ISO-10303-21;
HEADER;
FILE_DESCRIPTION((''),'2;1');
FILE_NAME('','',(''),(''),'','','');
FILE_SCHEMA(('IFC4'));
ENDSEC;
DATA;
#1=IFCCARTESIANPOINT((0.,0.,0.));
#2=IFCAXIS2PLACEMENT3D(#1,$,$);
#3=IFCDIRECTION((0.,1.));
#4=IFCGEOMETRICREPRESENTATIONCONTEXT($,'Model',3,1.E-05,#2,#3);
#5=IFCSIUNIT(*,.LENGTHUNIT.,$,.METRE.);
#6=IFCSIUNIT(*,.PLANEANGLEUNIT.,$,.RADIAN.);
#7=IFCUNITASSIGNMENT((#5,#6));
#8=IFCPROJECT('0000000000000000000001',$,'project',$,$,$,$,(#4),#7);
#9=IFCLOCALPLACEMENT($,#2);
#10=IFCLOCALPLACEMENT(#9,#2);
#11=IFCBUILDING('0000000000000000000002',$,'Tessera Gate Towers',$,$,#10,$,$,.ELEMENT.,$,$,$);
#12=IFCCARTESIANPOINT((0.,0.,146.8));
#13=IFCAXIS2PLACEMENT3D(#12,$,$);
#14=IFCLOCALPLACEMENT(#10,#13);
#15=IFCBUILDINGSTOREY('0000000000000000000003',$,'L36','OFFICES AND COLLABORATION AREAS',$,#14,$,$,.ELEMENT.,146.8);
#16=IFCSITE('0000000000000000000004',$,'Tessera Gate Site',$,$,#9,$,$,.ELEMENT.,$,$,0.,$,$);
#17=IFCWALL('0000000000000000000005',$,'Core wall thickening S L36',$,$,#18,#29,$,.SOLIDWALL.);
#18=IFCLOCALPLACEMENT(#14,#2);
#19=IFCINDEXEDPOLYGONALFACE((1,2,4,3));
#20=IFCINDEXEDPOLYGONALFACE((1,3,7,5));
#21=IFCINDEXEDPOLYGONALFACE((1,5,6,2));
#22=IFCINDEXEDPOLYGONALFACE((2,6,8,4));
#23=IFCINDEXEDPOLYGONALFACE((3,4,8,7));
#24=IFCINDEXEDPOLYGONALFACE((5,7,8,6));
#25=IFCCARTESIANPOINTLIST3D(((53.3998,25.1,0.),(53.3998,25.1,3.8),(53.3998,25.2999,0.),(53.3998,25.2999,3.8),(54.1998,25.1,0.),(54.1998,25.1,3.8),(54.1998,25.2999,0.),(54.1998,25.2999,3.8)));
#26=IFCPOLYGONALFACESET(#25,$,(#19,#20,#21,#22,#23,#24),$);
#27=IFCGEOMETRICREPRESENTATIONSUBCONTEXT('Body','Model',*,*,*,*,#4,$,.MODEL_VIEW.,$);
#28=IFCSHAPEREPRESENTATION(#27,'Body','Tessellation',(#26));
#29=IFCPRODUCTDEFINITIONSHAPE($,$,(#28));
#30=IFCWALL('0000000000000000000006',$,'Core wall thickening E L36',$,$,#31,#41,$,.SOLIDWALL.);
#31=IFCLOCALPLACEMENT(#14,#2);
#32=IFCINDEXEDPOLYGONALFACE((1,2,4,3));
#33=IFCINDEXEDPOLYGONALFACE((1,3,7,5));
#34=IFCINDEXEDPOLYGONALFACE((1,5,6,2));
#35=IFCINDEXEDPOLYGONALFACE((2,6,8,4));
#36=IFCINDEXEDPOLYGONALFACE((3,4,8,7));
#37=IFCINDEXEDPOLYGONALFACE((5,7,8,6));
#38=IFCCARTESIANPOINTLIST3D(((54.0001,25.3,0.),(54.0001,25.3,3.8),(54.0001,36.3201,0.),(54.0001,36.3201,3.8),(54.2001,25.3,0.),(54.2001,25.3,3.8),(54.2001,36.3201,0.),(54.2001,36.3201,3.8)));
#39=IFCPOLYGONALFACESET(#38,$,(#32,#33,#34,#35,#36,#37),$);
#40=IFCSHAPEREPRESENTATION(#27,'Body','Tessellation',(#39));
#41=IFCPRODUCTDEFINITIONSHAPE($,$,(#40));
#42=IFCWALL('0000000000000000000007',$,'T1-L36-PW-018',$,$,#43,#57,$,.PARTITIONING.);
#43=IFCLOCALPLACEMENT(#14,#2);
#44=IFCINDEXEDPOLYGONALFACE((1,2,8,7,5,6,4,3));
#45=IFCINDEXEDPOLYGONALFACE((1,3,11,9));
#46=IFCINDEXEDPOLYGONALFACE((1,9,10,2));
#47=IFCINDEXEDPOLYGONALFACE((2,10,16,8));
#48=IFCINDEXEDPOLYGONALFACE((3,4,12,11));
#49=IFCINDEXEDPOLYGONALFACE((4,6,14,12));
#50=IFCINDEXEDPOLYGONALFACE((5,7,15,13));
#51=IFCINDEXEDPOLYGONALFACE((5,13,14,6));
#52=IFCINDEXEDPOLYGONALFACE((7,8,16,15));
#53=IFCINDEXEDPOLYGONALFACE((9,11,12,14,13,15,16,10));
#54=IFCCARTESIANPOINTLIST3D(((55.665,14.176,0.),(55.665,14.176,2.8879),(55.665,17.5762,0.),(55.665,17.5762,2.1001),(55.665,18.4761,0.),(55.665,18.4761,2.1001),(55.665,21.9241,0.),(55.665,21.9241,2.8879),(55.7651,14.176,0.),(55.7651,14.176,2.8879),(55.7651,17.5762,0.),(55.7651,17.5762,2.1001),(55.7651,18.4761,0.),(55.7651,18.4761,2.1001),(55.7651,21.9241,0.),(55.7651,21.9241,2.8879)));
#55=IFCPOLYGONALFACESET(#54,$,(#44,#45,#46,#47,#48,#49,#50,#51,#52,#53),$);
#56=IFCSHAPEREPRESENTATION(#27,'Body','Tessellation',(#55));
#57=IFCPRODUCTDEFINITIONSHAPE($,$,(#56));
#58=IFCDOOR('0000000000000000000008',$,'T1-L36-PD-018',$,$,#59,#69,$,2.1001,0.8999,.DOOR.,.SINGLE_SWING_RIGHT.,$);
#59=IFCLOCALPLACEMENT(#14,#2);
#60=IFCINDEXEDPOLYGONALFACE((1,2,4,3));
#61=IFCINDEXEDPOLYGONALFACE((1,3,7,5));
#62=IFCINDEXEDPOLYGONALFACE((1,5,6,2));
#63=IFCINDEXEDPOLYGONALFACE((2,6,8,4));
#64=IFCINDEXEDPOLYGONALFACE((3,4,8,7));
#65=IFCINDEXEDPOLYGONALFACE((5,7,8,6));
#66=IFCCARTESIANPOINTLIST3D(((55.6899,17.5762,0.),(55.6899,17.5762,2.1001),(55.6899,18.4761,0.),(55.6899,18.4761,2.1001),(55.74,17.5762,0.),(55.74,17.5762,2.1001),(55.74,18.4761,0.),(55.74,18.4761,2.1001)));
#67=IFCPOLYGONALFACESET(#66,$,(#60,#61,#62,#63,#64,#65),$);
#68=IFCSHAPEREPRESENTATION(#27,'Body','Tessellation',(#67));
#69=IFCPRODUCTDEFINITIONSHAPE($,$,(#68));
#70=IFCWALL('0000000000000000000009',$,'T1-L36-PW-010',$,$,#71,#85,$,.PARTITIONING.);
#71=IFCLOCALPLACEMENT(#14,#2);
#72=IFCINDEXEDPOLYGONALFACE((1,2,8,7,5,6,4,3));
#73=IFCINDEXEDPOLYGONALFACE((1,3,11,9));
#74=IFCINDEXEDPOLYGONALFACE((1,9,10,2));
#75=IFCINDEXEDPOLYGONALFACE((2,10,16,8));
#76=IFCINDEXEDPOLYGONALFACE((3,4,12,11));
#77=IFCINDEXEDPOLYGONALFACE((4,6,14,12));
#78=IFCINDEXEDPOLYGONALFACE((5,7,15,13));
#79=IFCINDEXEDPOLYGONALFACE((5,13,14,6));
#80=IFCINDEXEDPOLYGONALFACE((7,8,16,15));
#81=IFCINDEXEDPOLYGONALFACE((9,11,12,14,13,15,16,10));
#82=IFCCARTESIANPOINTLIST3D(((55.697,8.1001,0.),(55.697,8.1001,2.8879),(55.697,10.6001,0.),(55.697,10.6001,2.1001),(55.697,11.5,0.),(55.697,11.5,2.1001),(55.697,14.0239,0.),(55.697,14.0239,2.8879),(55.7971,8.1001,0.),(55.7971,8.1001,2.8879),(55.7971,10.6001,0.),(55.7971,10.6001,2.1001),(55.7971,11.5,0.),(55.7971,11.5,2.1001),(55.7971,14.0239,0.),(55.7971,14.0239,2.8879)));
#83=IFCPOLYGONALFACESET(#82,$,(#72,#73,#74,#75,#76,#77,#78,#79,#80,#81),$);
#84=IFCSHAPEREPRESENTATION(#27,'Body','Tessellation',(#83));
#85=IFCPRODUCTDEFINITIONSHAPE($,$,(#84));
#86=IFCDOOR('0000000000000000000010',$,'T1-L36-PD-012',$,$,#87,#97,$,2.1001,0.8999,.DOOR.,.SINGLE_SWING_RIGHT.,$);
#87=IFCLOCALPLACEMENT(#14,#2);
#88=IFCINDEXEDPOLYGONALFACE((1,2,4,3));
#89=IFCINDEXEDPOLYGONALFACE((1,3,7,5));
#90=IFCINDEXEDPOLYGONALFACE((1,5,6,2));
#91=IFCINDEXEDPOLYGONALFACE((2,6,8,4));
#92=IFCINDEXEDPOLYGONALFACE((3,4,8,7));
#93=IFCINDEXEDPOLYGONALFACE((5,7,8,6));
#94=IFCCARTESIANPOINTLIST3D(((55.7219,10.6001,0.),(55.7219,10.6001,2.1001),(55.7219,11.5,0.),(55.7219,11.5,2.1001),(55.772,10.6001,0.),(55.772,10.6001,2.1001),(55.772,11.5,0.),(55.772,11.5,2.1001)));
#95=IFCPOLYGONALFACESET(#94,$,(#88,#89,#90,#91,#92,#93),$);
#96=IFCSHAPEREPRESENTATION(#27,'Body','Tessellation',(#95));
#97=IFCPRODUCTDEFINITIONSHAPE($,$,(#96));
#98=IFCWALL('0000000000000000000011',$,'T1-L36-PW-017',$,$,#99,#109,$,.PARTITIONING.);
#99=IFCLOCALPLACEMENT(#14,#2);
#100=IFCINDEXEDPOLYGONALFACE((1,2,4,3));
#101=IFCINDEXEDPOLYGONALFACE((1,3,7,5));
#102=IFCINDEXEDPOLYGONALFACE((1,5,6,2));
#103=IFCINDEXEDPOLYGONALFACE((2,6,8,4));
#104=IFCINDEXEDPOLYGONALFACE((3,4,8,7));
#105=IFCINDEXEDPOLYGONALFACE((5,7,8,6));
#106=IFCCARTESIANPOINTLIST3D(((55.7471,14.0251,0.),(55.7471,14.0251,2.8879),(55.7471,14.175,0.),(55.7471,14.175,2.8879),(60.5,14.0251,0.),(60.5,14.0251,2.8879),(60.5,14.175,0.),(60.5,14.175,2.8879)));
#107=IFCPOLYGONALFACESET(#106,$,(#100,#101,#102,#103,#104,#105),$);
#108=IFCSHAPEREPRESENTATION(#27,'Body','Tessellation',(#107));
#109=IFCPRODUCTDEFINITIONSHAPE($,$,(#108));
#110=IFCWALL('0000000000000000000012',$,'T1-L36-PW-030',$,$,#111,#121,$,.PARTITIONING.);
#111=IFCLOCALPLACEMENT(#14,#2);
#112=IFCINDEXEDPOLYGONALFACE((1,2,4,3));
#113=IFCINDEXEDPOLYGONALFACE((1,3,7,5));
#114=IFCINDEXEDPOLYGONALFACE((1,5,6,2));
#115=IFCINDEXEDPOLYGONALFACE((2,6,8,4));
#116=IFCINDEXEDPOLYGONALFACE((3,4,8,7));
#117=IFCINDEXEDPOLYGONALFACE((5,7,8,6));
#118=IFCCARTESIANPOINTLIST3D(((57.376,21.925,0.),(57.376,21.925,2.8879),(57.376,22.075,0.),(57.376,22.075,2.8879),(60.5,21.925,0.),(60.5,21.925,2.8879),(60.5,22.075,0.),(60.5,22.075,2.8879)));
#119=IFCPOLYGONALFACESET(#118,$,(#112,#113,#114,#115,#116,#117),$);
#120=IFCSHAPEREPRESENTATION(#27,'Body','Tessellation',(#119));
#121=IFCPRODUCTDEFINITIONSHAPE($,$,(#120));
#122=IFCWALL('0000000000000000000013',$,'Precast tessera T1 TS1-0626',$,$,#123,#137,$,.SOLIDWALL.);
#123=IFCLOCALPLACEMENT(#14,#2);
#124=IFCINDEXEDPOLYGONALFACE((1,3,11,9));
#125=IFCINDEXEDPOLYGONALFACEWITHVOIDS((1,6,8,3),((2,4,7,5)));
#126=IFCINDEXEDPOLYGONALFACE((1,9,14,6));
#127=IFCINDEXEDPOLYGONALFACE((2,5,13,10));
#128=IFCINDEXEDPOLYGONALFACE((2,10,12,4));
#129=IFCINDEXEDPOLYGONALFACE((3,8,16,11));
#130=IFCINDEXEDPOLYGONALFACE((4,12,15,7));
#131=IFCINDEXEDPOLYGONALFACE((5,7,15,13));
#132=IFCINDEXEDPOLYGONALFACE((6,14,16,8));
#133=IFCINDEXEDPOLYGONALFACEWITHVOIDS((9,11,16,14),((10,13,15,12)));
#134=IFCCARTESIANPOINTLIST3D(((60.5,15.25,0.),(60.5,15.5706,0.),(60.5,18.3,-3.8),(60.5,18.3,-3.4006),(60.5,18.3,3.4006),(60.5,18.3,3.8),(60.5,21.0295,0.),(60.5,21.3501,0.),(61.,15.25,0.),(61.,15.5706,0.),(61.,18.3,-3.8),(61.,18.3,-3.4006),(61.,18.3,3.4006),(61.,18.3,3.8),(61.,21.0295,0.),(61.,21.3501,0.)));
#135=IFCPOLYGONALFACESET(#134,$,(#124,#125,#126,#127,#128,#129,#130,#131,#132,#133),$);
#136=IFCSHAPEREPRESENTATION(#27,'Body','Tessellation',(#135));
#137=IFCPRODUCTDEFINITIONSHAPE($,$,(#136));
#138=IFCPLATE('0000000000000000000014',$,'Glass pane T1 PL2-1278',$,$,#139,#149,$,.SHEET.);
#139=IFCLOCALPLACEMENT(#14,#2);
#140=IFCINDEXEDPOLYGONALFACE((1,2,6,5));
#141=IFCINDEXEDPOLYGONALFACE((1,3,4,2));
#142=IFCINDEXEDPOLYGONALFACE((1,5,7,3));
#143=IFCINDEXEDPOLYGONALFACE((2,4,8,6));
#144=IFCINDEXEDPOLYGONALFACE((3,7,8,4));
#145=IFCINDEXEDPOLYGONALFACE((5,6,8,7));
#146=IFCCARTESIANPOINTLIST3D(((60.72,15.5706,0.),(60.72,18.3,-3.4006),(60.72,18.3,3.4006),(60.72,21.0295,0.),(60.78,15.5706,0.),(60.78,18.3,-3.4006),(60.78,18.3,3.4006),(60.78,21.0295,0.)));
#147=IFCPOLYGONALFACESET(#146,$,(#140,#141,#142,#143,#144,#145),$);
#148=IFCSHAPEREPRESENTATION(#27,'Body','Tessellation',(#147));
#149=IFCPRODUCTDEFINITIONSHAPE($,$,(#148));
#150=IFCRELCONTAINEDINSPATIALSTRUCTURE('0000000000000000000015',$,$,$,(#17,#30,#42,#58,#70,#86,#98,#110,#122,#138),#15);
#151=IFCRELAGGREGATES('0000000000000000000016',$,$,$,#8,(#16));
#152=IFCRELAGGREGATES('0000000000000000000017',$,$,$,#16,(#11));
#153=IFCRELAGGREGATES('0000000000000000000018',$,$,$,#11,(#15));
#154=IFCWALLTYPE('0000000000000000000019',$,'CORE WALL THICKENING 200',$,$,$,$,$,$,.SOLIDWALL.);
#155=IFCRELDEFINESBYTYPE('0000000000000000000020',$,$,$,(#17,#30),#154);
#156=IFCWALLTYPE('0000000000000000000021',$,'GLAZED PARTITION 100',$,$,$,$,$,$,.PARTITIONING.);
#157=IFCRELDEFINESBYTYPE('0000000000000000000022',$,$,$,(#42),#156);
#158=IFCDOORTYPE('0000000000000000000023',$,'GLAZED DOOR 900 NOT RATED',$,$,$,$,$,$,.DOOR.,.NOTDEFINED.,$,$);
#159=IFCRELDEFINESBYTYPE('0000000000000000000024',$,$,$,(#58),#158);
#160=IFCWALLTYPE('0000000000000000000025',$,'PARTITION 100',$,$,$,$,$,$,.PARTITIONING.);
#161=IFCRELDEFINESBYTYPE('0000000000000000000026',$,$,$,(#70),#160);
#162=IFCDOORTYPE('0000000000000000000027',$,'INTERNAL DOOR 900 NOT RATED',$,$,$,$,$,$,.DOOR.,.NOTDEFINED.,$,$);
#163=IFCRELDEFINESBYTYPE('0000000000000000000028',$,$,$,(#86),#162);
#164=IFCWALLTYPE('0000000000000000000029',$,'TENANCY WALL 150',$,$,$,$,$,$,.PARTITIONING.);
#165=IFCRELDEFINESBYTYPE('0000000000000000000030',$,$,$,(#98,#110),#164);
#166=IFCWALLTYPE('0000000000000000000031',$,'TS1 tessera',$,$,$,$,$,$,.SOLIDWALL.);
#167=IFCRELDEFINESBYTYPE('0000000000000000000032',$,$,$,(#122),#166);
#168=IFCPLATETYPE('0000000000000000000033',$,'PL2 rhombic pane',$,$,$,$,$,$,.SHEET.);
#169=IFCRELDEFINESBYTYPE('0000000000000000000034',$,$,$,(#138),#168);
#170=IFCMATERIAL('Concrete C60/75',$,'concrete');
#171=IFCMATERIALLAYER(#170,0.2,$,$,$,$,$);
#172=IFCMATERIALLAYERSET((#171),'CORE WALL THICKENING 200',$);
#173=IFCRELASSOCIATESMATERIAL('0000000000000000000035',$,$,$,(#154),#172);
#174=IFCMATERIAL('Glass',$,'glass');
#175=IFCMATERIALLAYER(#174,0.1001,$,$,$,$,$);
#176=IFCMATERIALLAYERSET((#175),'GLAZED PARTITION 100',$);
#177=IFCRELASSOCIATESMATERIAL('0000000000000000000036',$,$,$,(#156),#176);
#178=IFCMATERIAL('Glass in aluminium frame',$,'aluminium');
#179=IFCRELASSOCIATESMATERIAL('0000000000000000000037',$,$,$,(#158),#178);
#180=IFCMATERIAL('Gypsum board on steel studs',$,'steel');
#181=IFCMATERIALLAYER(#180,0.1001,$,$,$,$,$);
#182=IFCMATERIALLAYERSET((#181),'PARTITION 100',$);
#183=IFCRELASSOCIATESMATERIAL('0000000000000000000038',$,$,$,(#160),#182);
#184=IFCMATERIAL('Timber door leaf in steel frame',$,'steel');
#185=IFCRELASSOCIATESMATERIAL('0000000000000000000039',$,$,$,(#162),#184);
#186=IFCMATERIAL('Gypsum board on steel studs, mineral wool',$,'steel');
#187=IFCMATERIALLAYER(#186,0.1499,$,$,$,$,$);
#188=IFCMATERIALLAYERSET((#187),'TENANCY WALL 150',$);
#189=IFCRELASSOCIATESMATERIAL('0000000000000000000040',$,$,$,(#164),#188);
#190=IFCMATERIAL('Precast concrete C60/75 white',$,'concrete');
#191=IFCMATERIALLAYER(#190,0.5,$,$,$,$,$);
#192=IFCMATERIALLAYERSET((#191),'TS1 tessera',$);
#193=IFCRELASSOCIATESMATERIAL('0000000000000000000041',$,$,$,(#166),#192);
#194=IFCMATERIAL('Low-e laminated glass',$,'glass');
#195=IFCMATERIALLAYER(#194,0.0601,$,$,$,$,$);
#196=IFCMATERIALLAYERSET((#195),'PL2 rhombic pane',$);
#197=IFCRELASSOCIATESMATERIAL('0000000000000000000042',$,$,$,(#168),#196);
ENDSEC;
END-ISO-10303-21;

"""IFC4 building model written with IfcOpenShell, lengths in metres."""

from ifc_helpers import new_model, si_unit, direction, frame, frame_2d, origin, place, context, subcontext, project, spatial, polyline, rectangle, outline, extrude, source, transform, mapped, material, layer, layer_set, type_object, element, fill, save


model = new_model("IFC4")

# Units and contexts
model_context = context("Model", 3, precision=1e-05, world=origin(), true_north=direction((0.0, 1.0)))
body_context = subcontext(model_context, "Body", "Model", "MODEL_VIEW")
ifc_project = project(units=[si_unit("LENGTHUNIT", "METRE"), si_unit("PLANEANGLEUNIT", "RADIAN")], contexts=[model_context])

# Site, building, storey
site_placement = place(None, origin())
site = spatial("IfcSite", under=ifc_project, at=site_placement, Name="Tessera Gate Site", CompositionType="ELEMENT", RefElevation=0.0)
building_placement = place(site_placement, origin())
building = spatial("IfcBuilding", under=site, at=building_placement, Name="Tessera Gate Towers", CompositionType="ELEMENT")
storey_placement = place(building_placement, frame((0.0, 0.0, 146.8)))
storey = spatial("IfcBuildingStorey", under=building, at=storey_placement, Name="L36", Description="OFFICES AND COLLABORATION AREAS", CompositionType="ELEMENT", Elevation=146.8)

# Walls
ifc_material_1 = material(Name="Concrete C60/75", Category="concrete")
ifc_layer_1 = layer(ifc_material_1, 0.2)
ifc_layer_set_1 = layer_set([ifc_layer_1], Name="CORE WALL THICKENING 200")
wall_type_1 = type_object("IfcWallType", Name="CORE WALL THICKENING 200", PredefinedType="SOLIDWALL", material=ifc_layer_set_1)
wall_1_placement = place(storey_placement, frame((53.3999, 25.2, 0.0), z_axis=(0.0, 0.0, 1.0), x_axis=(1.0, 0.0, 0.0)))
element("IfcWall", 1, at=wall_1_placement, inside=storey, type_object=wall_type_1, Name="Core wall thickening S L36", PredefinedType="SOLIDWALL", context=body_context, shape_type="SweptSolid", body=[
    extrude(rectangle(XDim=0.8, YDim=0.2, at=frame_2d((0.3999, 0.0))), origin(), (0.0, 0.0, 1.0), 3.8),
])
wall_2_placement = place(storey_placement, frame((54.1001, 25.3, 0.0), z_axis=(0.0, 0.0, 1.0), x_axis=(0.0, 1.0, 0.0)))
element("IfcWall", 2, at=wall_2_placement, inside=storey, type_object=wall_type_1, Name="Core wall thickening E L36", PredefinedType="SOLIDWALL", context=body_context, shape_type="SweptSolid", body=[
    extrude(rectangle(XDim=11.02, YDim=0.2, at=frame_2d((5.51, 0.0))), origin(), (0.0, 0.0, 1.0), 3.8),
])

# Walls, openings, doors
ifc_material_2 = material(Name="Glass", Category="glass")
ifc_layer_2 = layer(ifc_material_2, 0.1001)
ifc_layer_set_2 = layer_set([ifc_layer_2], Name="GLAZED PARTITION 100")
wall_type_2 = type_object("IfcWallType", Name="GLAZED PARTITION 100", PredefinedType="PARTITIONING", material=ifc_layer_set_2)
wall_3_placement = place(storey_placement, frame((55.7151, 21.9241, 0.0), z_axis=(0.0, 0.0, 1.0), x_axis=(0.0, -1.0, 0.0)))
wall_3 = element("IfcWall", 3, at=wall_3_placement, inside=storey, type_object=wall_type_2, Name="T1-L36-PW-018", PredefinedType="PARTITIONING", context=body_context, shape_type="SweptSolid", body=[
    extrude(rectangle(XDim=7.748, YDim=0.1001, at=frame_2d((3.874, 0.0))), origin(), (0.0, 0.0, 1.0), 2.8879),
])
shared_shape_1 = source(origin(), body_context, "Body", "SweptSolid", [
    extrude(rectangle(XDim=0.8999, YDim=2.1001, at=frame_2d((0.45, 1.05))), frame((0.0, 0.0601, 0.0), z_axis=(0.0, -1.0, 0.0), x_axis=(1.0, 0.0, 0.0)), (0.0, 0.0, 1.0), 0.1201),
])
opening_1_placement = place(wall_3_placement, frame((3.448, 0.0, 0.0)))
opening_1 = element("IfcOpeningElement", 4, at=opening_1_placement, cuts=wall_3, PredefinedType="OPENING", context=body_context, shape_type="MappedRepresentation", body=[
    mapped(shared_shape_1, transform((0.0, 0.0, 0.0), scale=1.0)),
])
ifc_material_3 = material(Name="Glass in aluminium frame", Category="aluminium")
door_type_1 = type_object("IfcDoorType", Name="GLAZED DOOR 900 NOT RATED", OperationType="NOTDEFINED", PredefinedType="DOOR", material=ifc_material_3)
shared_shape_2 = source(origin(), body_context, "Body", "SweptSolid", [
    extrude(rectangle(XDim=0.8999, YDim=2.1001, at=frame_2d((0.45, 1.05))), frame((0.0, 0.0249, 0.0), z_axis=(0.0, -1.0, 0.0), x_axis=(1.0, 0.0, 0.0)), (0.0, 0.0, 1.0), 0.05),
])
door_1_placement = place(opening_1_placement, origin())
door_1 = element("IfcDoor", 5, at=door_1_placement, inside=storey, type_object=door_type_1, Name="T1-L36-PD-018", OperationType="SINGLE_SWING_RIGHT", OverallHeight=2.1001, OverallWidth=0.8999, PredefinedType="DOOR", context=body_context, shape_type="MappedRepresentation", body=[
    mapped(shared_shape_2, transform((0.0, 0.0, 0.0), scale=1.0)),
])
fill(opening_1, door_1)
ifc_material_4 = material(Name="Gypsum board on steel studs", Category="steel")
ifc_layer_3 = layer(ifc_material_4, 0.1001)
ifc_layer_set_3 = layer_set([ifc_layer_3], Name="PARTITION 100")
wall_type_3 = type_object("IfcWallType", Name="PARTITION 100", PredefinedType="PARTITIONING", material=ifc_layer_set_3)
wall_4_placement = place(storey_placement, frame((55.7471, 14.0239, 0.0), z_axis=(0.0, 0.0, 1.0), x_axis=(0.0, -1.0, 0.0)))
wall_4 = element("IfcWall", 6, at=wall_4_placement, inside=storey, type_object=wall_type_3, Name="T1-L36-PW-010", PredefinedType="PARTITIONING", context=body_context, shape_type="SweptSolid", body=[
    extrude(rectangle(XDim=5.9238, YDim=0.1001, at=frame_2d((2.9619, 0.0))), origin(), (0.0, 0.0, 1.0), 2.8879),
])
opening_2_placement = place(wall_4_placement, frame((2.5239, 0.0, 0.0)))
opening_2 = element("IfcOpeningElement", 7, at=opening_2_placement, cuts=wall_4, PredefinedType="OPENING", context=body_context, shape_type="MappedRepresentation", body=[
    mapped(shared_shape_1, transform((0.0, 0.0, 0.0), scale=1.0)),
])
ifc_material_5 = material(Name="Timber door leaf in steel frame", Category="steel")
door_type_2 = type_object("IfcDoorType", Name="INTERNAL DOOR 900 NOT RATED", OperationType="NOTDEFINED", PredefinedType="DOOR", material=ifc_material_5)
door_2_placement = place(opening_2_placement, origin())
door_2 = element("IfcDoor", 8, at=door_2_placement, inside=storey, type_object=door_type_2, Name="T1-L36-PD-012", OperationType="SINGLE_SWING_RIGHT", OverallHeight=2.1001, OverallWidth=0.8999, PredefinedType="DOOR", context=body_context, shape_type="MappedRepresentation", body=[
    mapped(shared_shape_2, transform((0.0, 0.0, 0.0), scale=1.0)),
])
fill(opening_2, door_2)

# Walls
ifc_material_6 = material(Name="Gypsum board on steel studs, mineral wool", Category="steel")
ifc_layer_4 = layer(ifc_material_6, 0.1499)
ifc_layer_set_4 = layer_set([ifc_layer_4], Name="TENANCY WALL 150")
wall_type_4 = type_object("IfcWallType", Name="TENANCY WALL 150", PredefinedType="PARTITIONING", material=ifc_layer_set_4)
wall_5_placement = place(storey_placement, frame((55.7471, 14.1001, 0.0), z_axis=(0.0, 0.0, 1.0), x_axis=(1.0, 0.0, 0.0)))
element("IfcWall", 9, at=wall_5_placement, inside=storey, type_object=wall_type_4, Name="T1-L36-PW-017", PredefinedType="PARTITIONING", context=body_context, shape_type="SweptSolid", body=[
    extrude(rectangle(XDim=4.7529, YDim=0.1499, at=frame_2d((2.3765, 0.0))), origin(), (0.0, 0.0, 1.0), 2.8879),
])
wall_6_placement = place(storey_placement, frame((57.376, 22.0, 0.0), z_axis=(0.0, 0.0, 1.0), x_axis=(1.0, 0.0, 0.0)))
element("IfcWall", 10, at=wall_6_placement, inside=storey, type_object=wall_type_4, Name="T1-L36-PW-030", PredefinedType="PARTITIONING", context=body_context, shape_type="SweptSolid", body=[
    extrude(rectangle(XDim=3.124, YDim=0.1499, at=frame_2d((1.562, 0.0))), origin(), (0.0, 0.0, 1.0), 2.8879),
])

# Wall, opening, plate
ifc_material_7 = material(Name="Precast concrete C60/75 white", Category="concrete")
ifc_layer_5 = layer(ifc_material_7, 0.5)
ifc_layer_set_5 = layer_set([ifc_layer_5], Name="TS1 tessera")
wall_type_5 = type_object("IfcWallType", Name="TS1 tessera", PredefinedType="SOLIDWALL", material=ifc_layer_set_5)
shared_shape_3 = source(origin(), body_context, "Body", "SweptSolid", [
    extrude(outline(polyline([(3.05, 0.0), (6.1001, 3.8), (3.05, 7.6001), (0.0, 3.8), (3.05, 0.0)])), frame((0.0, 0.25, 0.0), z_axis=(0.0, -1.0, 0.0), x_axis=(1.0, 0.0, 0.0)), (0.0, 0.0, 1.0), 0.5),
])
wall_7_placement = place(storey_placement, frame((60.75, 15.25, -3.8), z_axis=(0.0, 0.0, 1.0), x_axis=(0.0, 1.0, 0.0)))
wall_7 = element("IfcWall", 11, at=wall_7_placement, inside=storey, type_object=wall_type_5, Name="Precast tessera T1 TS1-0626", PredefinedType="SOLIDWALL", context=body_context, shape_type="MappedRepresentation", body=[
    mapped(shared_shape_3, transform((0.0, 0.0, 0.0), scale=1.0)),
])
shared_shape_4 = source(origin(), body_context, "Body", "SweptSolid", [
    extrude(outline(polyline([(3.05, 0.3994), (5.7795, 3.8), (3.05, 7.2007), (0.3206, 3.8), (3.05, 0.3994)])), frame((0.0, 0.26, 0.0), z_axis=(0.0, -1.0, 0.0), x_axis=(1.0, 0.0, 0.0)), (0.0, 0.0, 1.0), 0.52),
])
opening_3_placement = place(wall_7_placement, origin())
opening_3 = element("IfcOpeningElement", 12, at=opening_3_placement, cuts=wall_7, PredefinedType="OPENING", context=body_context, shape_type="MappedRepresentation", body=[
    mapped(shared_shape_4, transform((0.0, 0.0, 0.0), scale=1.0)),
])
ifc_material_8 = material(Name="Low-e laminated glass", Category="glass")
ifc_layer_6 = layer(ifc_material_8, 0.0601)
ifc_layer_set_6 = layer_set([ifc_layer_6], Name="PL2 rhombic pane")
plate_type_1 = type_object("IfcPlateType", Name="PL2 rhombic pane", PredefinedType="SHEET", material=ifc_layer_set_6)
shared_shape_5 = source(origin(), body_context, "Body", "SweptSolid", [
    extrude(outline(polyline([(3.05, 0.3994), (5.7795, 3.8), (3.05, 7.2007), (0.3206, 3.8), (3.05, 0.3994)])), frame((0.0, 0.03, 0.0), z_axis=(0.0, -1.0, 0.0), x_axis=(1.0, 0.0, 0.0)), (0.0, 0.0, 1.0), 0.0601),
])
plate_1_placement = place(opening_3_placement, origin())
plate_1 = element("IfcPlate", 13, at=plate_1_placement, inside=storey, type_object=plate_type_1, Name="Glass pane T1 PL2-1278", PredefinedType="SHEET", context=body_context, shape_type="MappedRepresentation", body=[
    mapped(shared_shape_5, transform((0.0, 0.0, 0.0), scale=1.0)),
])
fill(opening_3, plate_1)

save(model, "model.ifc")
